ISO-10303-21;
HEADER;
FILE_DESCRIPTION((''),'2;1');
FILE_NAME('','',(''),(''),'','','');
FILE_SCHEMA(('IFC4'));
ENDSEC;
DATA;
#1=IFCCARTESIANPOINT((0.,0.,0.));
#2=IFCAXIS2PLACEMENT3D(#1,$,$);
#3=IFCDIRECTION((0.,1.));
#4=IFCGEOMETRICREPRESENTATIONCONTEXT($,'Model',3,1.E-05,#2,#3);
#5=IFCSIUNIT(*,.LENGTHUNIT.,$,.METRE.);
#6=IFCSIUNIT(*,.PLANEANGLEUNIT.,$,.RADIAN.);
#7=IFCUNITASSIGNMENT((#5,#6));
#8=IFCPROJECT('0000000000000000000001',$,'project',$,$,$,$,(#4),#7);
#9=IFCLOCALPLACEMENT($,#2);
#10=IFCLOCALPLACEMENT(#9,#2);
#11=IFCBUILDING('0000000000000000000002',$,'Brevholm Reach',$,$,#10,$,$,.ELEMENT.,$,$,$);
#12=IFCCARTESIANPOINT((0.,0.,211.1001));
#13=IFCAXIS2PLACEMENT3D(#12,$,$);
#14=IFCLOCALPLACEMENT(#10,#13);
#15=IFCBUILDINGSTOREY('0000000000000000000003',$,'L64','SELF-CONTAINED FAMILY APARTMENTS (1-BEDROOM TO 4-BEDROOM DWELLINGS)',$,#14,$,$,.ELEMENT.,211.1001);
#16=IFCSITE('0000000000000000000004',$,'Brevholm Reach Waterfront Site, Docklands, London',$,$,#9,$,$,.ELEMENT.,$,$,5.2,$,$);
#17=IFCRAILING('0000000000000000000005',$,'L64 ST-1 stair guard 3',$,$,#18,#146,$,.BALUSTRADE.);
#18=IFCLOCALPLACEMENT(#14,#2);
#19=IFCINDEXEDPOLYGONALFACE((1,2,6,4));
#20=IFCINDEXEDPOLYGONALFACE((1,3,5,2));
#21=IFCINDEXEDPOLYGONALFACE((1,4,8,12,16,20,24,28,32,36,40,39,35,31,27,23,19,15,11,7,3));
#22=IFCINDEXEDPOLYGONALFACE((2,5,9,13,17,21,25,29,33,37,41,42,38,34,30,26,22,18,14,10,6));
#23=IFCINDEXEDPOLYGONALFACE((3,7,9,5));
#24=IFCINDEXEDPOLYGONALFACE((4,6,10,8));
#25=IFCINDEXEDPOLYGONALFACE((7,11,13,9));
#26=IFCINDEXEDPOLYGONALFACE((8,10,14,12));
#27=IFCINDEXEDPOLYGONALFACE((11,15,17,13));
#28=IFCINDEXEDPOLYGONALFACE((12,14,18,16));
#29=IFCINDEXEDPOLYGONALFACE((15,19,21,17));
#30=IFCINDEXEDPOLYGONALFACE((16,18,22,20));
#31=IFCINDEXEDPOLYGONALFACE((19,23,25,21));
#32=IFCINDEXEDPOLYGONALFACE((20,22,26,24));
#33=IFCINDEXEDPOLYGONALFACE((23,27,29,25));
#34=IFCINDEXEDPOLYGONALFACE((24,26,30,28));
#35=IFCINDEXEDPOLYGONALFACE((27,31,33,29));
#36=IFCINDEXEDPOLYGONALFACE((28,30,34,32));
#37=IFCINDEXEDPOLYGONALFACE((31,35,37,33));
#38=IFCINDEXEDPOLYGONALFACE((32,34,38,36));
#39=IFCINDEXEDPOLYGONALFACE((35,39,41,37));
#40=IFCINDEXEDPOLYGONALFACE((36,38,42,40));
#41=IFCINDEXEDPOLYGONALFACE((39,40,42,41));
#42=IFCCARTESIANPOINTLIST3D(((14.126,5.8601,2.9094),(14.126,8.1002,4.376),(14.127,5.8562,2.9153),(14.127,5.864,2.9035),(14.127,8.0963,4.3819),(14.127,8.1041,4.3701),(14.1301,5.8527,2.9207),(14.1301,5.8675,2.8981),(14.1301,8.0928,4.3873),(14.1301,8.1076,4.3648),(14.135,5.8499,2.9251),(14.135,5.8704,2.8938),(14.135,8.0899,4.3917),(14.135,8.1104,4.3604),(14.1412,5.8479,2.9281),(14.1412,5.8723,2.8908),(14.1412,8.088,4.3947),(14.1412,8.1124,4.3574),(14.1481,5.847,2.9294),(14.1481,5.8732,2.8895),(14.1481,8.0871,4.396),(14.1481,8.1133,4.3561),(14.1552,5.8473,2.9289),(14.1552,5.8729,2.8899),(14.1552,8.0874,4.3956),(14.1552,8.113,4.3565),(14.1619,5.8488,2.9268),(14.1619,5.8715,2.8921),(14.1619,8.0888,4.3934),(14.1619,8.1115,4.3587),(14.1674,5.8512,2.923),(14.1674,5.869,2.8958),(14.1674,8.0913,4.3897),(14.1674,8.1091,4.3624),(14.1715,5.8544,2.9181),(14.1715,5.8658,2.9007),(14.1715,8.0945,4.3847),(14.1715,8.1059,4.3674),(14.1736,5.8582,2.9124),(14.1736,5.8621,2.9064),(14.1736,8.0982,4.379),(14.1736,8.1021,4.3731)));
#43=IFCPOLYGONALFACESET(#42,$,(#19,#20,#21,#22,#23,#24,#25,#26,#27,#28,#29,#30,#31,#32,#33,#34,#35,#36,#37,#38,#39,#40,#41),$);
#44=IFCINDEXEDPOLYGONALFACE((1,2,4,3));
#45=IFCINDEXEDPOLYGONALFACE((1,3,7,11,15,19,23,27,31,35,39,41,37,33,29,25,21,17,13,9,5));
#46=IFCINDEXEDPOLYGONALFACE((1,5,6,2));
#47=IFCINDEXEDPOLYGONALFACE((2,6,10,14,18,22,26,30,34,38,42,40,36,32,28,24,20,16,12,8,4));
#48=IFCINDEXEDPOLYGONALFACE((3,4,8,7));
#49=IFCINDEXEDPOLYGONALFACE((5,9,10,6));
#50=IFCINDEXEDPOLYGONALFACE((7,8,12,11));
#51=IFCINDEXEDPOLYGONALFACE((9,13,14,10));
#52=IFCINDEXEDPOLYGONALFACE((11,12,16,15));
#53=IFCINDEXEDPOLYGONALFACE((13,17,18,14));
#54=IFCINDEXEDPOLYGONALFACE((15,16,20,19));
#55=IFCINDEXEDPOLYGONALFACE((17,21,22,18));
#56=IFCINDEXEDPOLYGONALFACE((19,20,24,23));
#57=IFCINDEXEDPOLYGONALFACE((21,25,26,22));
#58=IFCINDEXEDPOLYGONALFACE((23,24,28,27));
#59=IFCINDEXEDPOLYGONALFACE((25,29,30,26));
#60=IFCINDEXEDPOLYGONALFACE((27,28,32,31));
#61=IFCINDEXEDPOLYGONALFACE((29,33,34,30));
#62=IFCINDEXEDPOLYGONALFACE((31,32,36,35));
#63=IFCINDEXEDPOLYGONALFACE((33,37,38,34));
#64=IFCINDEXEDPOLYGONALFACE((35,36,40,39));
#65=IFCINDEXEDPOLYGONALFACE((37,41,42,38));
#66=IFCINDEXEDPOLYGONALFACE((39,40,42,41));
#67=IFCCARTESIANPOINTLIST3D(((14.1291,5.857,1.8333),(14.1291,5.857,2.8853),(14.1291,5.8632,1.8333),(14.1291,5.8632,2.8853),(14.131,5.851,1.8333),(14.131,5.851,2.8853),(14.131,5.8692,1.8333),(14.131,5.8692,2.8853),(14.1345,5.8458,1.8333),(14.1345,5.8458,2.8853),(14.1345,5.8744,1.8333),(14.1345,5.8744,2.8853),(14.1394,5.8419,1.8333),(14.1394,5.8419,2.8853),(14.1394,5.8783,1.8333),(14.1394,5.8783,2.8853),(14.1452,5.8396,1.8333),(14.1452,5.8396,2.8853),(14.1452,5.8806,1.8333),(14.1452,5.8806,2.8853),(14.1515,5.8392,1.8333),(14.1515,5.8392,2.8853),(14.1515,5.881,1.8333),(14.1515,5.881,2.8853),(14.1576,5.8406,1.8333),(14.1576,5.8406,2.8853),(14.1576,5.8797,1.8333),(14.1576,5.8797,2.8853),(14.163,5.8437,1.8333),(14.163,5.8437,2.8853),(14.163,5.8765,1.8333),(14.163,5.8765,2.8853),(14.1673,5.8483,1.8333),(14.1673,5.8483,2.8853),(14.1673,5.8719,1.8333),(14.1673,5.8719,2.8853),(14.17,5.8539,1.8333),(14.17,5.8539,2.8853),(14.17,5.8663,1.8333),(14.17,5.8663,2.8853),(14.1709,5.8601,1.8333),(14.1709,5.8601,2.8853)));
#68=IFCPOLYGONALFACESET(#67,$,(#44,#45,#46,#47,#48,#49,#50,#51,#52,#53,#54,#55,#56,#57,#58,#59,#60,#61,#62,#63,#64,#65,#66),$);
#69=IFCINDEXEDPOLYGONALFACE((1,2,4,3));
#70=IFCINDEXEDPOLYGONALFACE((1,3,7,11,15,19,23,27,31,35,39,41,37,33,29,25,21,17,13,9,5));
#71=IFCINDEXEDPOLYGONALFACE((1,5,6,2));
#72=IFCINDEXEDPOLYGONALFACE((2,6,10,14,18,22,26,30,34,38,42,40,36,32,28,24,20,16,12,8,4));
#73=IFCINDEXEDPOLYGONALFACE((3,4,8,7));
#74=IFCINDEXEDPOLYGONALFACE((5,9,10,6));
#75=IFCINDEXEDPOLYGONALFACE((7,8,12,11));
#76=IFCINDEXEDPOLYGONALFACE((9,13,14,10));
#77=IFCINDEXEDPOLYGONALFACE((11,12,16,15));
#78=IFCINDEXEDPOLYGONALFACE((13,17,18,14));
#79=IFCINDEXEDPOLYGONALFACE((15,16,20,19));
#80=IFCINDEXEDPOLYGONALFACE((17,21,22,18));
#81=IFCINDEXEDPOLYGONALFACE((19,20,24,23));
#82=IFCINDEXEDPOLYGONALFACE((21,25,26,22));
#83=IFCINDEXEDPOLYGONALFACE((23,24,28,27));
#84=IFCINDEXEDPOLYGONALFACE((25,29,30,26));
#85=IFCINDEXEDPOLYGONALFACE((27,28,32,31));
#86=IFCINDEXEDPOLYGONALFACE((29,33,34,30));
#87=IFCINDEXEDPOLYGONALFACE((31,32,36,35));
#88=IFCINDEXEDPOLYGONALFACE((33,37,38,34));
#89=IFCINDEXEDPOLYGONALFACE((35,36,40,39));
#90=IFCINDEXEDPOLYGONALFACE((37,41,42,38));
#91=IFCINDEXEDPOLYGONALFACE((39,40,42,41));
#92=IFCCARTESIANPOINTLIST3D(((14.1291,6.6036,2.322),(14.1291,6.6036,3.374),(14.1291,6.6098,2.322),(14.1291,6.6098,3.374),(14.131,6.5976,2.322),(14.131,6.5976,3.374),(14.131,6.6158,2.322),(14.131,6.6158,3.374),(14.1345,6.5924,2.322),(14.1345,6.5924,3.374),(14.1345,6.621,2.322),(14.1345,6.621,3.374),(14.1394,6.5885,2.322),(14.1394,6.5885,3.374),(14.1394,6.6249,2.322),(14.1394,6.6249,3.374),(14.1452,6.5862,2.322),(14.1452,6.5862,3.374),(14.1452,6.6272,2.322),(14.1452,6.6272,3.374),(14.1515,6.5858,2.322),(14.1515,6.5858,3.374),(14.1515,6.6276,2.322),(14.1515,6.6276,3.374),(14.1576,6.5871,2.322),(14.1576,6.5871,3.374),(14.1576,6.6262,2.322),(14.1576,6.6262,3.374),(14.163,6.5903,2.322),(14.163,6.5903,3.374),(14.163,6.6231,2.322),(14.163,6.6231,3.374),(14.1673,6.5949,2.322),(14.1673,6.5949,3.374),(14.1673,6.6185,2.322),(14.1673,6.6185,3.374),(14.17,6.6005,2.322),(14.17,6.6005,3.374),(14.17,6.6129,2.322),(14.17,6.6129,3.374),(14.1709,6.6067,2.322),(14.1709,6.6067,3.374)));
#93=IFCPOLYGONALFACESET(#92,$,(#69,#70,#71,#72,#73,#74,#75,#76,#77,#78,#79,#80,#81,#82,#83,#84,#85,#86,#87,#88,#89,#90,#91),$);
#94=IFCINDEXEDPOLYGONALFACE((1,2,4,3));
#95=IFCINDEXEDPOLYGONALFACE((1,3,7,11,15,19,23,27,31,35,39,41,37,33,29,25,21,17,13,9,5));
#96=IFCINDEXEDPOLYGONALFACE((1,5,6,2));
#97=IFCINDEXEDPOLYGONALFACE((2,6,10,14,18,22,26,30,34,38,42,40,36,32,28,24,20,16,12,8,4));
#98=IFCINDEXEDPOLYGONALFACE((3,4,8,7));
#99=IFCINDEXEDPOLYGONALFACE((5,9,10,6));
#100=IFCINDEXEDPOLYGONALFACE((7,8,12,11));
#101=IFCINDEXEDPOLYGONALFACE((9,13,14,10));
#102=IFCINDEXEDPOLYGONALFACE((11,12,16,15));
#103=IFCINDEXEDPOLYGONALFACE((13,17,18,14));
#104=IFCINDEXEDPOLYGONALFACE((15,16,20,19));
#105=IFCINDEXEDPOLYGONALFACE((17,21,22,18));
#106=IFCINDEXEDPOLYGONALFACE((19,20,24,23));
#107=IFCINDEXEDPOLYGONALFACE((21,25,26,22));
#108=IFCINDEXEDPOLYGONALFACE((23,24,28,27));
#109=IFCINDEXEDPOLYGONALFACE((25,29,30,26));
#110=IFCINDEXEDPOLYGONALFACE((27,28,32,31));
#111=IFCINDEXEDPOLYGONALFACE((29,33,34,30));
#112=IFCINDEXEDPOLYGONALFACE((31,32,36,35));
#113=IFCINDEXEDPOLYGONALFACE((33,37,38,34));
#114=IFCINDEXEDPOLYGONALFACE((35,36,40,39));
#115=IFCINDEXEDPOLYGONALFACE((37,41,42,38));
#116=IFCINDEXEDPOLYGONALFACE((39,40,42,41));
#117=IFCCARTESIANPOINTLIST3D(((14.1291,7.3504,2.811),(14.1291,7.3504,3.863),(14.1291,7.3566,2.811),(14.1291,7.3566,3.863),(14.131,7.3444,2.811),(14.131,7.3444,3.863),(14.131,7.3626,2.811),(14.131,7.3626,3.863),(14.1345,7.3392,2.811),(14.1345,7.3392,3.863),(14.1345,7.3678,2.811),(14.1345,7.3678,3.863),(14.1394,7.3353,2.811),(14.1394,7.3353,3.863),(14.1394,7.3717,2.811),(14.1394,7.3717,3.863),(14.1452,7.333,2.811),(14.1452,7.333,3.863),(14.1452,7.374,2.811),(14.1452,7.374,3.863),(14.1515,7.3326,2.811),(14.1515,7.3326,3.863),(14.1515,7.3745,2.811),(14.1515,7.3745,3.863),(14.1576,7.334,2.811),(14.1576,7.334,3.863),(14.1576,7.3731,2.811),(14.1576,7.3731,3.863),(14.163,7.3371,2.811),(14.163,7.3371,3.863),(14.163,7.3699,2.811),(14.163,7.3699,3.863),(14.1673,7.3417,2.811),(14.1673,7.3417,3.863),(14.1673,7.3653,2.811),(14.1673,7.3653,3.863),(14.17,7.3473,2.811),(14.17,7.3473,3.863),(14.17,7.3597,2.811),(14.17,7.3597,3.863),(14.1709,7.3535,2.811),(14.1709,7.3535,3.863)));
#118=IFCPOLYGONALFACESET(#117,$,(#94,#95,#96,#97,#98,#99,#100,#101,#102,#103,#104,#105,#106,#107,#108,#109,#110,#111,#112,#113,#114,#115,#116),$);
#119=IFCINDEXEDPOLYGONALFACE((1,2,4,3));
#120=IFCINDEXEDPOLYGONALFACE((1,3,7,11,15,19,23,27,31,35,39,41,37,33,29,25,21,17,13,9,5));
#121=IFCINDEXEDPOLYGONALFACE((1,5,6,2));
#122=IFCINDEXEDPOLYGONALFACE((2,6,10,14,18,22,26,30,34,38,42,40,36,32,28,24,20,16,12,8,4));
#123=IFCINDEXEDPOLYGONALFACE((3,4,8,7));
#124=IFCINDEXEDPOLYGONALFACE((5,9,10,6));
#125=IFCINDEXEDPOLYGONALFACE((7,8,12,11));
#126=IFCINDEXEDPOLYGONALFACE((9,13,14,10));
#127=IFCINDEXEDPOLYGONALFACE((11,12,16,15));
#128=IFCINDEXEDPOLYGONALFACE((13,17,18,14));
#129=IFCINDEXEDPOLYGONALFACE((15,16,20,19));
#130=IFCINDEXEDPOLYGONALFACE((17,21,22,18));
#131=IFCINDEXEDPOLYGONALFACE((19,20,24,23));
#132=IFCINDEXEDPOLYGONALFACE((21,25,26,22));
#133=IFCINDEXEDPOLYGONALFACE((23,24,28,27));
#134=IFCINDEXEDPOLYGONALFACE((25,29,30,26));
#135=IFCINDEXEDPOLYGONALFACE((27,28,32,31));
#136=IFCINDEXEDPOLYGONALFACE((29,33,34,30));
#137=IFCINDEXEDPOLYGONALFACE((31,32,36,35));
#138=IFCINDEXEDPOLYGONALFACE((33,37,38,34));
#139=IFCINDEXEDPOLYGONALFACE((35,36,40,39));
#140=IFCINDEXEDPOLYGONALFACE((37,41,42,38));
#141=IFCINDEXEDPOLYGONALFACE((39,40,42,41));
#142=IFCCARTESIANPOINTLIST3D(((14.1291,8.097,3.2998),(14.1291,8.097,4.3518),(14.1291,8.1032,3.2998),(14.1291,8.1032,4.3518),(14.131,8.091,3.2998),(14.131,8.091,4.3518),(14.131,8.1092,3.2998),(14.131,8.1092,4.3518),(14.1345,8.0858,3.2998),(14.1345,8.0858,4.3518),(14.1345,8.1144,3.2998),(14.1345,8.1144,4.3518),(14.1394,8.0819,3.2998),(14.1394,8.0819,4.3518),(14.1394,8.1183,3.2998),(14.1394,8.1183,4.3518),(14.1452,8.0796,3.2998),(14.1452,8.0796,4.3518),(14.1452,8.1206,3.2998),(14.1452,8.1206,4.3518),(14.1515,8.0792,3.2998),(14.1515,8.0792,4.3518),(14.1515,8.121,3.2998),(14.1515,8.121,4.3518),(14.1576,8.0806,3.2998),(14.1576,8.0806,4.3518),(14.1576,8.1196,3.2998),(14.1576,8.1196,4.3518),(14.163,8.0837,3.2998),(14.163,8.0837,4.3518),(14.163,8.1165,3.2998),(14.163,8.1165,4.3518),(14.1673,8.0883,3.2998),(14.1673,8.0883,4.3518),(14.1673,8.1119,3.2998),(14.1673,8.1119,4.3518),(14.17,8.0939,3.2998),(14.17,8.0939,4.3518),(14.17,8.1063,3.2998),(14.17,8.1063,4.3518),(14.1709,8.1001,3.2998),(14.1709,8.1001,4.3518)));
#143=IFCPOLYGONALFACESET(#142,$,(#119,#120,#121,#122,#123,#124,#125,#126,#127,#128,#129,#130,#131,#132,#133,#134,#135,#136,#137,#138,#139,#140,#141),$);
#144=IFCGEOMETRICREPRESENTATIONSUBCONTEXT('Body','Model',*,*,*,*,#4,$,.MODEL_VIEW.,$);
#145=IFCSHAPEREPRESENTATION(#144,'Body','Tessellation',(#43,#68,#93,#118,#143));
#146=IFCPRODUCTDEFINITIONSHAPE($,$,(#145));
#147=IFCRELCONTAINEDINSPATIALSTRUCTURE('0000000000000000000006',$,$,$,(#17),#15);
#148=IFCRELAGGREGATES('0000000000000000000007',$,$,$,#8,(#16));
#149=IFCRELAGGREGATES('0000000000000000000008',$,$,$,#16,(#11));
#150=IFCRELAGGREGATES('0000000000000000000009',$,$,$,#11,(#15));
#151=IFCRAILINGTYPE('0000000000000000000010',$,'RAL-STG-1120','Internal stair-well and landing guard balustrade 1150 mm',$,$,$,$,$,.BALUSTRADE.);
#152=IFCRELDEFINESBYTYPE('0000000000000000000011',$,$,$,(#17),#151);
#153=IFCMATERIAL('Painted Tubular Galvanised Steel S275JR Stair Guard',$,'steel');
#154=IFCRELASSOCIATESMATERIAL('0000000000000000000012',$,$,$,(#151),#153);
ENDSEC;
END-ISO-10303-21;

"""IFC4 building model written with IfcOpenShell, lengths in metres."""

from ifc_helpers import new_model, si_unit, direction, frame, origin, origin_2d, place, context, subcontext, project, spatial, circle, extrude, material, type_object, element, save


model = new_model("IFC4")

# Units and contexts
model_context = context("Model", 3, precision=1e-05, world=origin(), true_north=direction((0.0, 1.0)))
body_context = subcontext(model_context, "Body", "Model", "MODEL_VIEW")
ifc_project = project(units=[si_unit("LENGTHUNIT", "METRE"), si_unit("PLANEANGLEUNIT", "RADIAN")], contexts=[model_context])

# Site, building, storey
site_placement = place(None, origin())
site = spatial("IfcSite", under=ifc_project, at=site_placement, Name="Brevholm Reach Waterfront Site, Docklands, London", CompositionType="ELEMENT", RefElevation=5.2)
building_placement = place(site_placement, origin())
building = spatial("IfcBuilding", under=site, at=building_placement, Name="Brevholm Reach", CompositionType="ELEMENT")
storey_placement = place(building_placement, frame((0.0, 0.0, 211.1001)))
storey = spatial("IfcBuildingStorey", under=building, at=storey_placement, Name="L64", Description="SELF-CONTAINED FAMILY APARTMENTS (1-BEDROOM TO 4-BEDROOM DWELLINGS)", CompositionType="ELEMENT", Elevation=211.1001)

# Railing
ifc_material_1 = material(Name="Painted Tubular Galvanised Steel S275JR Stair Guard", Category="steel")
railing_type_1 = type_object("IfcRailingType", Name="RAL-STG-1120", Description="Internal stair-well and landing guard balustrade 1150 mm", PredefinedType="BALUSTRADE", material=ifc_material_1)
railing_1_placement = place(storey_placement, frame((14.1499, 5.8601, 1.8333)))
element("IfcRailing", 1, at=railing_1_placement, inside=storey, type_object=railing_type_1, Name="L64 ST-1 stair guard 3", PredefinedType="BALUSTRADE", context=body_context, shape_type="SweptSolid", body=[
    extrude(circle(Radius=0.0239, at=origin_2d()), frame((0.0, 0.0, 1.0762), z_axis=(0.0, 0.836637, 0.547758), x_axis=(-1.0, 0.0, 0.0)), (0.0, 0.0, 1.0), 2.6775),
    extrude(circle(Radius=0.021, at=origin_2d()), origin(), (0.0, 0.0, 1.0), 1.052),
    extrude(circle(Radius=0.021, at=origin_2d()), frame((0.0, 0.7466, 0.4888)), (0.0, 0.0, 1.0), 1.052),
    extrude(circle(Radius=0.021, at=origin_2d()), frame((0.0, 1.4934, 0.9778)), (0.0, 0.0, 1.0), 1.052),
    extrude(circle(Radius=0.021, at=origin_2d()), frame((0.0, 2.24, 1.4666)), (0.0, 0.0, 1.0), 1.052),
])

save(model, "model.ifc")
